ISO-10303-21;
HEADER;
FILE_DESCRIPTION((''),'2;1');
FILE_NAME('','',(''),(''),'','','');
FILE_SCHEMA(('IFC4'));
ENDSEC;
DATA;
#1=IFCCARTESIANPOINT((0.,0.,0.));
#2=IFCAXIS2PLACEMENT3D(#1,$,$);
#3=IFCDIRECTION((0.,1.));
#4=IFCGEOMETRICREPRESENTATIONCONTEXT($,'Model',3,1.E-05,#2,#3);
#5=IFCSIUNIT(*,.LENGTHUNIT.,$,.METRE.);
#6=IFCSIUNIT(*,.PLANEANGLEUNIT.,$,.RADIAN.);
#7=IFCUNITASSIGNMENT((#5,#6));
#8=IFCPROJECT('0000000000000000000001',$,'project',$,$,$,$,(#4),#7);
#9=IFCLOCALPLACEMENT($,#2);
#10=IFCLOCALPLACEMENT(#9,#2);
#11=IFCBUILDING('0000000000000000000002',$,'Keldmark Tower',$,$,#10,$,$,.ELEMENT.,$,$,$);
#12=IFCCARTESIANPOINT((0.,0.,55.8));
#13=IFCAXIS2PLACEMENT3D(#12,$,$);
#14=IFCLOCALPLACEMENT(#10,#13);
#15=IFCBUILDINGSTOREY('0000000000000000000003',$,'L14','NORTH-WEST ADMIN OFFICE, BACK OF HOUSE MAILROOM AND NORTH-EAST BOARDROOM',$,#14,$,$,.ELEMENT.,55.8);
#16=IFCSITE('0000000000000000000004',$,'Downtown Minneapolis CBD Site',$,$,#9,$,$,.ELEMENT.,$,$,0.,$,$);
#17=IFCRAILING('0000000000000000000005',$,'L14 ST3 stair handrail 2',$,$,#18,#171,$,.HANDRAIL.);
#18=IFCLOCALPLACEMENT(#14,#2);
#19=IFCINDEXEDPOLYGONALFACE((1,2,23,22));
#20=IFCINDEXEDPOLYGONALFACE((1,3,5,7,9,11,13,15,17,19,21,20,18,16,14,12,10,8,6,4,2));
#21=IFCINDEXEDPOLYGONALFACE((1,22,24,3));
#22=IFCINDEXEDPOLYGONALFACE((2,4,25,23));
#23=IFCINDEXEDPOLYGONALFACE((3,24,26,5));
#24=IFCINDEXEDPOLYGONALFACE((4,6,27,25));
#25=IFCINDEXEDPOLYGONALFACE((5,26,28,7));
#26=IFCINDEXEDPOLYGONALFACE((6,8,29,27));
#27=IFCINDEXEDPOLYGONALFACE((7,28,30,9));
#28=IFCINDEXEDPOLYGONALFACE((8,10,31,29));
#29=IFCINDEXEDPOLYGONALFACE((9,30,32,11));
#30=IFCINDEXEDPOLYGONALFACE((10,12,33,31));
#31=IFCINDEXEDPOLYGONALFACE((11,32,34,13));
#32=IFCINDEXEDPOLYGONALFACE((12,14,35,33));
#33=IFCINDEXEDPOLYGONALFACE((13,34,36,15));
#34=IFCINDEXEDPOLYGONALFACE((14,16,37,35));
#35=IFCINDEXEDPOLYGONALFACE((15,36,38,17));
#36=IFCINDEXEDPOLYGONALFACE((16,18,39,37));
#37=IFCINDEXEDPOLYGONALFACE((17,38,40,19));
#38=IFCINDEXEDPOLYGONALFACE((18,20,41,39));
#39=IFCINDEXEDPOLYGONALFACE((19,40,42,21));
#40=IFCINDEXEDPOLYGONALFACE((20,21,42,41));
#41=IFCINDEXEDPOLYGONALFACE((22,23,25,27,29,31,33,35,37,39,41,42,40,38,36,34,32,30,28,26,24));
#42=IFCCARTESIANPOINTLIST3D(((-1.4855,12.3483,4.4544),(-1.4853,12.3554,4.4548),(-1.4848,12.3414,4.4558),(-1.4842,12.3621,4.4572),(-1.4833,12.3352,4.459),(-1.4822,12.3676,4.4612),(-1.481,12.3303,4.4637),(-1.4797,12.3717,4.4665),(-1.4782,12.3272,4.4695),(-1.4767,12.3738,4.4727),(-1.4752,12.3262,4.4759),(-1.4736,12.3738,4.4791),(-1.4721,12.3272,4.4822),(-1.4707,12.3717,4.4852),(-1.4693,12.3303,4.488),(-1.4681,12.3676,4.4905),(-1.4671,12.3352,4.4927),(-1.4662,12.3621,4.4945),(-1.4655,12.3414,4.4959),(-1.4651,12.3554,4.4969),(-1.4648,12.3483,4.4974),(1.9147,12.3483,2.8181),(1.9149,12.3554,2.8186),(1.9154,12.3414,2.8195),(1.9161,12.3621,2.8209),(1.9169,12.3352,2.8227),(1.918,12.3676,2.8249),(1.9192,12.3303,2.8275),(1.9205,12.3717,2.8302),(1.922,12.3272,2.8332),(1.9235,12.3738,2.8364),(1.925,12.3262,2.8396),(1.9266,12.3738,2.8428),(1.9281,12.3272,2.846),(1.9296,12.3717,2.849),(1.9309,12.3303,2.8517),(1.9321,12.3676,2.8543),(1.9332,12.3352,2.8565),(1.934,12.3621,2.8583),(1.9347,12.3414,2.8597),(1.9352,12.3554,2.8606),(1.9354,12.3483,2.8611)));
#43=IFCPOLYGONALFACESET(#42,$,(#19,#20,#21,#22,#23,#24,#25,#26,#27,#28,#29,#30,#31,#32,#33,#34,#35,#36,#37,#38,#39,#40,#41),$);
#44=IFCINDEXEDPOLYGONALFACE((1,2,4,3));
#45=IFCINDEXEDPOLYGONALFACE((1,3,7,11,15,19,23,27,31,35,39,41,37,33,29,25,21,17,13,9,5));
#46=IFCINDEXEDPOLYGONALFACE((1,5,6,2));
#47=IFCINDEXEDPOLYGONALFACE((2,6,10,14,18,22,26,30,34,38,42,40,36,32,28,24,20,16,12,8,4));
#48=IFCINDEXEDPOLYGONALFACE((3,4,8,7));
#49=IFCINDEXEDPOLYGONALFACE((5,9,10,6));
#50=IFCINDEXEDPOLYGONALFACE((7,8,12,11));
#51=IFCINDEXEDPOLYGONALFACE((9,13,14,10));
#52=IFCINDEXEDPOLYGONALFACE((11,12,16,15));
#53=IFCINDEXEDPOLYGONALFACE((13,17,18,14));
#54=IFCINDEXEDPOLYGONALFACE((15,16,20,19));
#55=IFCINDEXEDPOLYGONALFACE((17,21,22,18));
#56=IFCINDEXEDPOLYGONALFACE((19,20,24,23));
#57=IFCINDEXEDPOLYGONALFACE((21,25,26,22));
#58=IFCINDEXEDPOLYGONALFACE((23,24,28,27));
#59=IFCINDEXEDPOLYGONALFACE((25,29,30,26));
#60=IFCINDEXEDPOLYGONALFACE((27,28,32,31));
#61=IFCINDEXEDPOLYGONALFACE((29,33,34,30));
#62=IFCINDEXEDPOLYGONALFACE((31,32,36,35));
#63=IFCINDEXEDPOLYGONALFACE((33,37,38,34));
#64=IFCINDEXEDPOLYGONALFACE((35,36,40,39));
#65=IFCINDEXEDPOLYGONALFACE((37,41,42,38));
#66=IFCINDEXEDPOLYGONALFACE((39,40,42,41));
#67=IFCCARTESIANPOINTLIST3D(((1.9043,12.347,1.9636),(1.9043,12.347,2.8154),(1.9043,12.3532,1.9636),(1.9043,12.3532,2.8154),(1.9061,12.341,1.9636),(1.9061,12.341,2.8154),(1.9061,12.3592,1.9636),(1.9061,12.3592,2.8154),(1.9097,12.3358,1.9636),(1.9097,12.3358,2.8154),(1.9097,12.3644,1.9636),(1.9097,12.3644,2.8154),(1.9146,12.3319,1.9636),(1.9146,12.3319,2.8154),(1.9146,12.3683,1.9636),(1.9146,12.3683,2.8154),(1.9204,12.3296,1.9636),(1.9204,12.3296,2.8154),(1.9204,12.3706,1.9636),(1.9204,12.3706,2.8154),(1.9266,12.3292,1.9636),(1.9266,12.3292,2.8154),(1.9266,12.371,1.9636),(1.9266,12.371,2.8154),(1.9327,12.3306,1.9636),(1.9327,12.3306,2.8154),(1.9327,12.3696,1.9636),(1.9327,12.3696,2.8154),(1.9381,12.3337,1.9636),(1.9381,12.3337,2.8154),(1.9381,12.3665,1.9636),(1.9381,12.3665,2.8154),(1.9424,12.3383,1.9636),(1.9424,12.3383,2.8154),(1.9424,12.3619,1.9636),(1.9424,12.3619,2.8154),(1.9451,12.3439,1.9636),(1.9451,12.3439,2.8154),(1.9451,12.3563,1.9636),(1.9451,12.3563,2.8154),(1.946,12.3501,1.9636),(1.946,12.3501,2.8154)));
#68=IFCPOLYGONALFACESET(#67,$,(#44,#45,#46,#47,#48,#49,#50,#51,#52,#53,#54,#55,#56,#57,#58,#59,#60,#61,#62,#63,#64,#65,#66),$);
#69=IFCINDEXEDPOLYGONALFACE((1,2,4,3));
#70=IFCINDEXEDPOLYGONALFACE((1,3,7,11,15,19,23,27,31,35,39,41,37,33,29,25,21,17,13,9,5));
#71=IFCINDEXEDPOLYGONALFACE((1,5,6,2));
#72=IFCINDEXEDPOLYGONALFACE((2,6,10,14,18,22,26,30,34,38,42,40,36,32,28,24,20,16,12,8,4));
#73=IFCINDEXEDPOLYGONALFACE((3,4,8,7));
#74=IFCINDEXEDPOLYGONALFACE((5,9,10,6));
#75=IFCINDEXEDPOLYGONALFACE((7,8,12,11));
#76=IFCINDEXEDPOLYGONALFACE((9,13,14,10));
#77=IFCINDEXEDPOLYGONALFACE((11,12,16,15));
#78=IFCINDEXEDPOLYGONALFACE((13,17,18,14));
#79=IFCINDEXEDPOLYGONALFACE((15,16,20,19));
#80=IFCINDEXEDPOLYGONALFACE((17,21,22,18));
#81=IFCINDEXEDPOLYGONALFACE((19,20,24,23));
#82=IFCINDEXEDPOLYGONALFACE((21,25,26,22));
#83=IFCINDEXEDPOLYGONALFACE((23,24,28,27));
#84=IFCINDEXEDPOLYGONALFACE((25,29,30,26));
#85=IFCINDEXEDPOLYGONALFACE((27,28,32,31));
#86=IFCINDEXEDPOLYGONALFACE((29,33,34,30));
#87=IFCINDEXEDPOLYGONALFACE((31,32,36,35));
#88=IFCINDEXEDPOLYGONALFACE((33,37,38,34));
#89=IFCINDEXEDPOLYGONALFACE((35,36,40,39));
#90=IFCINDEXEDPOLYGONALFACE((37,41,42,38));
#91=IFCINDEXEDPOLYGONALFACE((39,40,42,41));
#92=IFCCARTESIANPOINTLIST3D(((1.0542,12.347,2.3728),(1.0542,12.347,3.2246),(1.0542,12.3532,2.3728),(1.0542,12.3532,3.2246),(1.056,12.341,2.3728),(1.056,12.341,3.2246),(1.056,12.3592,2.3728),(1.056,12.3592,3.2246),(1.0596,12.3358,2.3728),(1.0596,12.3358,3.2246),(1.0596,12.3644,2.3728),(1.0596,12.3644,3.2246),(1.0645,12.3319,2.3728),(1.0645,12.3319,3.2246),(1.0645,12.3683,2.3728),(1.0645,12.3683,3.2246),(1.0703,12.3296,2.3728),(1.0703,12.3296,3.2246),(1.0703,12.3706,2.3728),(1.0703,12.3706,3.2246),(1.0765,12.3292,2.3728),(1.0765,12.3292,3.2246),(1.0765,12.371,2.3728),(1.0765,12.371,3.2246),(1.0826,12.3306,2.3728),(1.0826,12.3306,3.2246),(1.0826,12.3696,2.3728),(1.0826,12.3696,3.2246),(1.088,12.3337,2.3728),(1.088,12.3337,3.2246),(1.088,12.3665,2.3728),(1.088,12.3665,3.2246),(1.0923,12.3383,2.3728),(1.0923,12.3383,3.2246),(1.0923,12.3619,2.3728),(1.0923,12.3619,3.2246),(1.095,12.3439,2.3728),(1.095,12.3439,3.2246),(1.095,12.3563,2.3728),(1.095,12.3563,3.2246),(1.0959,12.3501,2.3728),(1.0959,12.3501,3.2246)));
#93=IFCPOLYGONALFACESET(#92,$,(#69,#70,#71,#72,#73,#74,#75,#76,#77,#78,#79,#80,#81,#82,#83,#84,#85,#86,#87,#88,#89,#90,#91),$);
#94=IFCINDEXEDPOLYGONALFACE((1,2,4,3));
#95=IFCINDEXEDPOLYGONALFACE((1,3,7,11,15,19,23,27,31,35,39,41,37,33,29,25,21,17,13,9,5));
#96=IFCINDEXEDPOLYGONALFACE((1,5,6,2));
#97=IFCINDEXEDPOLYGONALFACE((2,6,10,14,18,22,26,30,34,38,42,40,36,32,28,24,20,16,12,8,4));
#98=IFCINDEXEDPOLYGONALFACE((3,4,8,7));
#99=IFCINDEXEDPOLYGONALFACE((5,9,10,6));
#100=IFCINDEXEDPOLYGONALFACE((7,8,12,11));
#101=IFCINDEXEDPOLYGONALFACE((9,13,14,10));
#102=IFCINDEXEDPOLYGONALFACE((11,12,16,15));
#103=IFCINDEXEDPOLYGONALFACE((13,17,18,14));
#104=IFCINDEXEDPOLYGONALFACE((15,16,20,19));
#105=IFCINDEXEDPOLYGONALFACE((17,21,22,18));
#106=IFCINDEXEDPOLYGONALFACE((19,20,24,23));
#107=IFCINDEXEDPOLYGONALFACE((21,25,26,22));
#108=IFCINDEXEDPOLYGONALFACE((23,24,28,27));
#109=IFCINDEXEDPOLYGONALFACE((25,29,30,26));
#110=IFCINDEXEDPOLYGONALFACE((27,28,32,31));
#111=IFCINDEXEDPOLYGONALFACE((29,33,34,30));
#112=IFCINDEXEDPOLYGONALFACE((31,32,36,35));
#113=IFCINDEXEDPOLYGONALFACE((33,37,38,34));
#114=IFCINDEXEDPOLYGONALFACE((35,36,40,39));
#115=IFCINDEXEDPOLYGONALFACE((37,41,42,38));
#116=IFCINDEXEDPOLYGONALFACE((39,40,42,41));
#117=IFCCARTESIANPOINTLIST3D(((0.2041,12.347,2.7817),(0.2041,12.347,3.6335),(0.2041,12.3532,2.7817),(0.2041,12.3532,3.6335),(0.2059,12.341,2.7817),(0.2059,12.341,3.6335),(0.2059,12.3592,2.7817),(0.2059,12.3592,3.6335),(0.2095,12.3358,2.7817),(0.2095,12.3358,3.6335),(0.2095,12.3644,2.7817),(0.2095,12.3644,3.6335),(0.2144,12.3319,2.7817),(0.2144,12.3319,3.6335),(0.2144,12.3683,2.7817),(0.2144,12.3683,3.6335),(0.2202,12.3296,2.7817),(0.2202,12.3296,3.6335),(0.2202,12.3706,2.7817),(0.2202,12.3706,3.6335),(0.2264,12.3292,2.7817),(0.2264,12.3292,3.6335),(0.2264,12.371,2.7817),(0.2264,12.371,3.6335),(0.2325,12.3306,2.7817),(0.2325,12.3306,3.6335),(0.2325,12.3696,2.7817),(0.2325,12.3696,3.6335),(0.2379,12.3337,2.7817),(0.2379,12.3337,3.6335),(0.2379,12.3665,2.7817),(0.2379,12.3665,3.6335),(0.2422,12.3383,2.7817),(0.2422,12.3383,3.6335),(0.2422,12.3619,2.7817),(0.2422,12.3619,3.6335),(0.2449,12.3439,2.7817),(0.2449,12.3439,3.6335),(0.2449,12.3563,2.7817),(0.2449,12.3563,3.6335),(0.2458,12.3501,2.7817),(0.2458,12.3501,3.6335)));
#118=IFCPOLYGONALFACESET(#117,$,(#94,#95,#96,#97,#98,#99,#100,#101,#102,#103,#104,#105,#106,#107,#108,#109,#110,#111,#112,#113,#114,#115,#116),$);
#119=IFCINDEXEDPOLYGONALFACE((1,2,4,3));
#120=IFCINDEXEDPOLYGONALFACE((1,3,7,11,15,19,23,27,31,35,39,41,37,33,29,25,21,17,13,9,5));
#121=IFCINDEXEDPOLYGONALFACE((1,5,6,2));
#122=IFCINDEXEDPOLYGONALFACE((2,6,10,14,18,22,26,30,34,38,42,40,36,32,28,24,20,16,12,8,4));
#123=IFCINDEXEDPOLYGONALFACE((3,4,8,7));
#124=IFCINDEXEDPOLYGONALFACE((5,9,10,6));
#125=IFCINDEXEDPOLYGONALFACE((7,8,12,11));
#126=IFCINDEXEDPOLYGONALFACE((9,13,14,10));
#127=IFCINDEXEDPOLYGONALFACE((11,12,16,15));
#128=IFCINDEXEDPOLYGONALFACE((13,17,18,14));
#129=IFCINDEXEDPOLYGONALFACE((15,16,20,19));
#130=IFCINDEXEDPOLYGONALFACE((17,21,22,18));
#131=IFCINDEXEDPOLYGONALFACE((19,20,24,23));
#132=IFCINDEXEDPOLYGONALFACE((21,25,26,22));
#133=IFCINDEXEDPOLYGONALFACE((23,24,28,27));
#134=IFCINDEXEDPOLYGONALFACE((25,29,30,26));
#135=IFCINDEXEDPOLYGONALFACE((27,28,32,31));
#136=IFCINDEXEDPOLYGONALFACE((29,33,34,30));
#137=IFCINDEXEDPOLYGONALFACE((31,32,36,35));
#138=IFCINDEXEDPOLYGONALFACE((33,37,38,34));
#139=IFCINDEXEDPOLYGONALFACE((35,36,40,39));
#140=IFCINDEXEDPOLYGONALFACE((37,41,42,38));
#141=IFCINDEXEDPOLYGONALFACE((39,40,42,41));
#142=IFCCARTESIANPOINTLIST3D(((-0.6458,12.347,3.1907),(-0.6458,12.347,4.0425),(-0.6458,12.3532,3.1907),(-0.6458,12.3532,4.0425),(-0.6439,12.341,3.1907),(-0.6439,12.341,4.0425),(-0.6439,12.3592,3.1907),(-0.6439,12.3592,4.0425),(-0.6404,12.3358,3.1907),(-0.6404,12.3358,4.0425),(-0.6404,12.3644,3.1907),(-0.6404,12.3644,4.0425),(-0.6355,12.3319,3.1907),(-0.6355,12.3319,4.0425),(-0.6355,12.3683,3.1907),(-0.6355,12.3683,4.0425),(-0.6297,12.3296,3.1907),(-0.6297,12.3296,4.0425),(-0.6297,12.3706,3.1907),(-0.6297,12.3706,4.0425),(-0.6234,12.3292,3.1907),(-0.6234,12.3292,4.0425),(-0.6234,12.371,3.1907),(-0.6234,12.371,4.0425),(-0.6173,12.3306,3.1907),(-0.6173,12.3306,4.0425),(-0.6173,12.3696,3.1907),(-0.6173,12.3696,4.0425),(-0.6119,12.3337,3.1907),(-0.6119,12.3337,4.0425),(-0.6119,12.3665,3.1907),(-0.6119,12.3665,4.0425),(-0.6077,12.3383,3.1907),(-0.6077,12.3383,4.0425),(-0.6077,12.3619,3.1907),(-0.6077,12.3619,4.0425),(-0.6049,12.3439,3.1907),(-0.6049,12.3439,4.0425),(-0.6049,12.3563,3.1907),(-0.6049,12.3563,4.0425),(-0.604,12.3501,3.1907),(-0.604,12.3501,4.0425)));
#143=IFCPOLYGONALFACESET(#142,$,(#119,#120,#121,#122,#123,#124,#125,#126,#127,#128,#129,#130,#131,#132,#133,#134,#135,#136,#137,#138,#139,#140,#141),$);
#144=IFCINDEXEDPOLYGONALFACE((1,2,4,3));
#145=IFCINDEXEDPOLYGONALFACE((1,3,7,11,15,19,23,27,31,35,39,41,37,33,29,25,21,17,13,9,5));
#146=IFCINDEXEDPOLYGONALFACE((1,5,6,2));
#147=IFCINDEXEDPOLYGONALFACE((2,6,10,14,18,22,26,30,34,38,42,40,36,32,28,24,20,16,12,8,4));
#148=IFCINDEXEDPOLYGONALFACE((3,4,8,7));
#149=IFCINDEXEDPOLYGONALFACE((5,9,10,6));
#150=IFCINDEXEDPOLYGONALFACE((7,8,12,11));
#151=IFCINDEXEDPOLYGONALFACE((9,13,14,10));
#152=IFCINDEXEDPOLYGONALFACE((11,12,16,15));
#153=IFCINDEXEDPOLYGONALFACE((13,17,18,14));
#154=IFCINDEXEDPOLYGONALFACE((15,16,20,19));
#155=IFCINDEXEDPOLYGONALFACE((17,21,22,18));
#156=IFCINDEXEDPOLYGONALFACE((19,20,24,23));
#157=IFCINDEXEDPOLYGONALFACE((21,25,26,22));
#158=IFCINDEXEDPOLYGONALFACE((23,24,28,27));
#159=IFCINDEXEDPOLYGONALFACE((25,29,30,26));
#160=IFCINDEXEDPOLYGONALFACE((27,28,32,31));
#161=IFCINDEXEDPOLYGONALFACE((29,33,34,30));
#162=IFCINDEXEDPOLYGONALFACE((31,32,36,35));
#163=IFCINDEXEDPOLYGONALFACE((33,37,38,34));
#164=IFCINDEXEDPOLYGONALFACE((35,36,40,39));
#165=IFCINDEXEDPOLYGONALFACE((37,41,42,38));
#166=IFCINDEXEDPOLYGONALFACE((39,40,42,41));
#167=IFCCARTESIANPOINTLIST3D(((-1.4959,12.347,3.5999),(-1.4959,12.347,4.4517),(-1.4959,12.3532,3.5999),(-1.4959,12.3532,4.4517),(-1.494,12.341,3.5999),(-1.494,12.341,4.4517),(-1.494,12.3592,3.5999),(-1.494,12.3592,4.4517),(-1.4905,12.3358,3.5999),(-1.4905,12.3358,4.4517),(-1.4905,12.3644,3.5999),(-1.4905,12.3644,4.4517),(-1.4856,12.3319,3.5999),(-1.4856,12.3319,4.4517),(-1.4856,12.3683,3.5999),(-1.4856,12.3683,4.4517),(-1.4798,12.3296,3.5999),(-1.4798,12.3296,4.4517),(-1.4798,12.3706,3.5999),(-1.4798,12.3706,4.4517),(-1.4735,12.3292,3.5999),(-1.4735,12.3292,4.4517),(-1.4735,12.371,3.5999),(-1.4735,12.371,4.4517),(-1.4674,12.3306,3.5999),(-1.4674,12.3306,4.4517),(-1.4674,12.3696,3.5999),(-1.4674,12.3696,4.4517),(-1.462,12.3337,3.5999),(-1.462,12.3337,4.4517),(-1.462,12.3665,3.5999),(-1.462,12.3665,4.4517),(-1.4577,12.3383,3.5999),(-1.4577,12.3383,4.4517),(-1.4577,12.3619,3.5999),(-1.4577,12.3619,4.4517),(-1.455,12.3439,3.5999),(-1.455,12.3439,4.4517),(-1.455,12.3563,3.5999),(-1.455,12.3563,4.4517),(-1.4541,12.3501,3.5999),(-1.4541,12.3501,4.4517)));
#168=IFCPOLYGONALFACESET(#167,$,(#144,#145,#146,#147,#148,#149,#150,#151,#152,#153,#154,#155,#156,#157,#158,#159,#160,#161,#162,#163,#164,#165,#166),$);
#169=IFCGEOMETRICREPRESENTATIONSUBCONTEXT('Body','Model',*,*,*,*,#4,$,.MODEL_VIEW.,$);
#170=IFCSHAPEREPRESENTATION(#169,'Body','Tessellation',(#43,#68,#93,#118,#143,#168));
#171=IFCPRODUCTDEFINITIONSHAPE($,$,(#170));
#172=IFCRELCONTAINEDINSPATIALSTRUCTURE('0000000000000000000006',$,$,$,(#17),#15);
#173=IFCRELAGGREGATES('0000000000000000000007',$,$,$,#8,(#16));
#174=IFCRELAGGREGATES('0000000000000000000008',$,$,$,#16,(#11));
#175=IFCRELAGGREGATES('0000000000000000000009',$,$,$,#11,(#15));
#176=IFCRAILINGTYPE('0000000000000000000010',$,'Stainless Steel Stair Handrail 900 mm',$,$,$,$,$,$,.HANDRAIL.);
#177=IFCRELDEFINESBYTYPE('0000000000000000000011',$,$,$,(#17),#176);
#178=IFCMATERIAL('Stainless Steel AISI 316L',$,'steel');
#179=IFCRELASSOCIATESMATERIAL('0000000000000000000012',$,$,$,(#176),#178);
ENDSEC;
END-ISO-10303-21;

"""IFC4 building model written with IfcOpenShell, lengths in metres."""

from ifc_helpers import new_model, si_unit, direction, frame, origin, origin_2d, place, context, subcontext, project, spatial, circle, extrude, material, type_object, element, save


model = new_model("IFC4")

# Units and contexts
model_context = context("Model", 3, precision=1e-05, world=origin(), true_north=direction((0.0, 1.0)))
body_context = subcontext(model_context, "Body", "Model", "MODEL_VIEW")
ifc_project = project(units=[si_unit("LENGTHUNIT", "METRE"), si_unit("PLANEANGLEUNIT", "RADIAN")], contexts=[model_context])

# Site, building, storey
site_placement = place(None, origin())
site = spatial("IfcSite", under=ifc_project, at=site_placement, Name="Downtown Minneapolis CBD Site", CompositionType="ELEMENT", RefElevation=0.0)
building_placement = place(site_placement, origin())
building = spatial("IfcBuilding", under=site, at=building_placement, Name="Keldmark Tower", CompositionType="ELEMENT")
storey_placement = place(building_placement, frame((0.0, 0.0, 55.8)))
storey = spatial("IfcBuildingStorey", under=building, at=storey_placement, Name="L14", Description="NORTH-WEST ADMIN OFFICE, BACK OF HOUSE MAILROOM AND NORTH-EAST BOARDROOM", CompositionType="ELEMENT", Elevation=55.8)

# Railing
ifc_material_1 = material(Name="Stainless Steel AISI 316L", Category="steel")
railing_type = type_object("IfcRailingType", Name="Stainless Steel Stair Handrail 900 mm", PredefinedType="HANDRAIL", material=ifc_material_1)
railing_placement = place(storey_placement, frame((1.925, 12.3501, 1.9636)))
element("IfcRailing", 1, at=railing_placement, inside=storey, type_object=railing_type, Name="L14 ST3 stair handrail 2", PredefinedType="HANDRAIL", context=body_context, shape_type="SweptSolid", body=[
    extrude(circle(Radius=0.0239, at=origin_2d()), frame((0.0, 0.0, 0.876), z_axis=(-0.901093, 0.0, 0.433627), x_axis=(0.0, -1.0, 0.0)), (0.0, 0.0, 1.0), 3.7734),
    extrude(circle(Radius=0.021, at=origin_2d()), origin(), (0.0, 0.0, 1.0), 0.8518),
    extrude(circle(Radius=0.021, at=origin_2d()), frame((-0.8501, 0.0, 0.4092)), (0.0, 0.0, 1.0), 0.8518),
    extrude(circle(Radius=0.021, at=origin_2d()), frame((-1.7002, 0.0, 0.8181)), (0.0, 0.0, 1.0), 0.8518),
    extrude(circle(Radius=0.021, at=origin_2d()), frame((-2.55, 0.0, 1.2271)), (0.0, 0.0, 1.0), 0.8518),
    extrude(circle(Radius=0.021, at=origin_2d()), frame((-3.4001, 0.0, 1.6362)), (0.0, 0.0, 1.0), 0.8518),
])

save(model, "model.ifc")
